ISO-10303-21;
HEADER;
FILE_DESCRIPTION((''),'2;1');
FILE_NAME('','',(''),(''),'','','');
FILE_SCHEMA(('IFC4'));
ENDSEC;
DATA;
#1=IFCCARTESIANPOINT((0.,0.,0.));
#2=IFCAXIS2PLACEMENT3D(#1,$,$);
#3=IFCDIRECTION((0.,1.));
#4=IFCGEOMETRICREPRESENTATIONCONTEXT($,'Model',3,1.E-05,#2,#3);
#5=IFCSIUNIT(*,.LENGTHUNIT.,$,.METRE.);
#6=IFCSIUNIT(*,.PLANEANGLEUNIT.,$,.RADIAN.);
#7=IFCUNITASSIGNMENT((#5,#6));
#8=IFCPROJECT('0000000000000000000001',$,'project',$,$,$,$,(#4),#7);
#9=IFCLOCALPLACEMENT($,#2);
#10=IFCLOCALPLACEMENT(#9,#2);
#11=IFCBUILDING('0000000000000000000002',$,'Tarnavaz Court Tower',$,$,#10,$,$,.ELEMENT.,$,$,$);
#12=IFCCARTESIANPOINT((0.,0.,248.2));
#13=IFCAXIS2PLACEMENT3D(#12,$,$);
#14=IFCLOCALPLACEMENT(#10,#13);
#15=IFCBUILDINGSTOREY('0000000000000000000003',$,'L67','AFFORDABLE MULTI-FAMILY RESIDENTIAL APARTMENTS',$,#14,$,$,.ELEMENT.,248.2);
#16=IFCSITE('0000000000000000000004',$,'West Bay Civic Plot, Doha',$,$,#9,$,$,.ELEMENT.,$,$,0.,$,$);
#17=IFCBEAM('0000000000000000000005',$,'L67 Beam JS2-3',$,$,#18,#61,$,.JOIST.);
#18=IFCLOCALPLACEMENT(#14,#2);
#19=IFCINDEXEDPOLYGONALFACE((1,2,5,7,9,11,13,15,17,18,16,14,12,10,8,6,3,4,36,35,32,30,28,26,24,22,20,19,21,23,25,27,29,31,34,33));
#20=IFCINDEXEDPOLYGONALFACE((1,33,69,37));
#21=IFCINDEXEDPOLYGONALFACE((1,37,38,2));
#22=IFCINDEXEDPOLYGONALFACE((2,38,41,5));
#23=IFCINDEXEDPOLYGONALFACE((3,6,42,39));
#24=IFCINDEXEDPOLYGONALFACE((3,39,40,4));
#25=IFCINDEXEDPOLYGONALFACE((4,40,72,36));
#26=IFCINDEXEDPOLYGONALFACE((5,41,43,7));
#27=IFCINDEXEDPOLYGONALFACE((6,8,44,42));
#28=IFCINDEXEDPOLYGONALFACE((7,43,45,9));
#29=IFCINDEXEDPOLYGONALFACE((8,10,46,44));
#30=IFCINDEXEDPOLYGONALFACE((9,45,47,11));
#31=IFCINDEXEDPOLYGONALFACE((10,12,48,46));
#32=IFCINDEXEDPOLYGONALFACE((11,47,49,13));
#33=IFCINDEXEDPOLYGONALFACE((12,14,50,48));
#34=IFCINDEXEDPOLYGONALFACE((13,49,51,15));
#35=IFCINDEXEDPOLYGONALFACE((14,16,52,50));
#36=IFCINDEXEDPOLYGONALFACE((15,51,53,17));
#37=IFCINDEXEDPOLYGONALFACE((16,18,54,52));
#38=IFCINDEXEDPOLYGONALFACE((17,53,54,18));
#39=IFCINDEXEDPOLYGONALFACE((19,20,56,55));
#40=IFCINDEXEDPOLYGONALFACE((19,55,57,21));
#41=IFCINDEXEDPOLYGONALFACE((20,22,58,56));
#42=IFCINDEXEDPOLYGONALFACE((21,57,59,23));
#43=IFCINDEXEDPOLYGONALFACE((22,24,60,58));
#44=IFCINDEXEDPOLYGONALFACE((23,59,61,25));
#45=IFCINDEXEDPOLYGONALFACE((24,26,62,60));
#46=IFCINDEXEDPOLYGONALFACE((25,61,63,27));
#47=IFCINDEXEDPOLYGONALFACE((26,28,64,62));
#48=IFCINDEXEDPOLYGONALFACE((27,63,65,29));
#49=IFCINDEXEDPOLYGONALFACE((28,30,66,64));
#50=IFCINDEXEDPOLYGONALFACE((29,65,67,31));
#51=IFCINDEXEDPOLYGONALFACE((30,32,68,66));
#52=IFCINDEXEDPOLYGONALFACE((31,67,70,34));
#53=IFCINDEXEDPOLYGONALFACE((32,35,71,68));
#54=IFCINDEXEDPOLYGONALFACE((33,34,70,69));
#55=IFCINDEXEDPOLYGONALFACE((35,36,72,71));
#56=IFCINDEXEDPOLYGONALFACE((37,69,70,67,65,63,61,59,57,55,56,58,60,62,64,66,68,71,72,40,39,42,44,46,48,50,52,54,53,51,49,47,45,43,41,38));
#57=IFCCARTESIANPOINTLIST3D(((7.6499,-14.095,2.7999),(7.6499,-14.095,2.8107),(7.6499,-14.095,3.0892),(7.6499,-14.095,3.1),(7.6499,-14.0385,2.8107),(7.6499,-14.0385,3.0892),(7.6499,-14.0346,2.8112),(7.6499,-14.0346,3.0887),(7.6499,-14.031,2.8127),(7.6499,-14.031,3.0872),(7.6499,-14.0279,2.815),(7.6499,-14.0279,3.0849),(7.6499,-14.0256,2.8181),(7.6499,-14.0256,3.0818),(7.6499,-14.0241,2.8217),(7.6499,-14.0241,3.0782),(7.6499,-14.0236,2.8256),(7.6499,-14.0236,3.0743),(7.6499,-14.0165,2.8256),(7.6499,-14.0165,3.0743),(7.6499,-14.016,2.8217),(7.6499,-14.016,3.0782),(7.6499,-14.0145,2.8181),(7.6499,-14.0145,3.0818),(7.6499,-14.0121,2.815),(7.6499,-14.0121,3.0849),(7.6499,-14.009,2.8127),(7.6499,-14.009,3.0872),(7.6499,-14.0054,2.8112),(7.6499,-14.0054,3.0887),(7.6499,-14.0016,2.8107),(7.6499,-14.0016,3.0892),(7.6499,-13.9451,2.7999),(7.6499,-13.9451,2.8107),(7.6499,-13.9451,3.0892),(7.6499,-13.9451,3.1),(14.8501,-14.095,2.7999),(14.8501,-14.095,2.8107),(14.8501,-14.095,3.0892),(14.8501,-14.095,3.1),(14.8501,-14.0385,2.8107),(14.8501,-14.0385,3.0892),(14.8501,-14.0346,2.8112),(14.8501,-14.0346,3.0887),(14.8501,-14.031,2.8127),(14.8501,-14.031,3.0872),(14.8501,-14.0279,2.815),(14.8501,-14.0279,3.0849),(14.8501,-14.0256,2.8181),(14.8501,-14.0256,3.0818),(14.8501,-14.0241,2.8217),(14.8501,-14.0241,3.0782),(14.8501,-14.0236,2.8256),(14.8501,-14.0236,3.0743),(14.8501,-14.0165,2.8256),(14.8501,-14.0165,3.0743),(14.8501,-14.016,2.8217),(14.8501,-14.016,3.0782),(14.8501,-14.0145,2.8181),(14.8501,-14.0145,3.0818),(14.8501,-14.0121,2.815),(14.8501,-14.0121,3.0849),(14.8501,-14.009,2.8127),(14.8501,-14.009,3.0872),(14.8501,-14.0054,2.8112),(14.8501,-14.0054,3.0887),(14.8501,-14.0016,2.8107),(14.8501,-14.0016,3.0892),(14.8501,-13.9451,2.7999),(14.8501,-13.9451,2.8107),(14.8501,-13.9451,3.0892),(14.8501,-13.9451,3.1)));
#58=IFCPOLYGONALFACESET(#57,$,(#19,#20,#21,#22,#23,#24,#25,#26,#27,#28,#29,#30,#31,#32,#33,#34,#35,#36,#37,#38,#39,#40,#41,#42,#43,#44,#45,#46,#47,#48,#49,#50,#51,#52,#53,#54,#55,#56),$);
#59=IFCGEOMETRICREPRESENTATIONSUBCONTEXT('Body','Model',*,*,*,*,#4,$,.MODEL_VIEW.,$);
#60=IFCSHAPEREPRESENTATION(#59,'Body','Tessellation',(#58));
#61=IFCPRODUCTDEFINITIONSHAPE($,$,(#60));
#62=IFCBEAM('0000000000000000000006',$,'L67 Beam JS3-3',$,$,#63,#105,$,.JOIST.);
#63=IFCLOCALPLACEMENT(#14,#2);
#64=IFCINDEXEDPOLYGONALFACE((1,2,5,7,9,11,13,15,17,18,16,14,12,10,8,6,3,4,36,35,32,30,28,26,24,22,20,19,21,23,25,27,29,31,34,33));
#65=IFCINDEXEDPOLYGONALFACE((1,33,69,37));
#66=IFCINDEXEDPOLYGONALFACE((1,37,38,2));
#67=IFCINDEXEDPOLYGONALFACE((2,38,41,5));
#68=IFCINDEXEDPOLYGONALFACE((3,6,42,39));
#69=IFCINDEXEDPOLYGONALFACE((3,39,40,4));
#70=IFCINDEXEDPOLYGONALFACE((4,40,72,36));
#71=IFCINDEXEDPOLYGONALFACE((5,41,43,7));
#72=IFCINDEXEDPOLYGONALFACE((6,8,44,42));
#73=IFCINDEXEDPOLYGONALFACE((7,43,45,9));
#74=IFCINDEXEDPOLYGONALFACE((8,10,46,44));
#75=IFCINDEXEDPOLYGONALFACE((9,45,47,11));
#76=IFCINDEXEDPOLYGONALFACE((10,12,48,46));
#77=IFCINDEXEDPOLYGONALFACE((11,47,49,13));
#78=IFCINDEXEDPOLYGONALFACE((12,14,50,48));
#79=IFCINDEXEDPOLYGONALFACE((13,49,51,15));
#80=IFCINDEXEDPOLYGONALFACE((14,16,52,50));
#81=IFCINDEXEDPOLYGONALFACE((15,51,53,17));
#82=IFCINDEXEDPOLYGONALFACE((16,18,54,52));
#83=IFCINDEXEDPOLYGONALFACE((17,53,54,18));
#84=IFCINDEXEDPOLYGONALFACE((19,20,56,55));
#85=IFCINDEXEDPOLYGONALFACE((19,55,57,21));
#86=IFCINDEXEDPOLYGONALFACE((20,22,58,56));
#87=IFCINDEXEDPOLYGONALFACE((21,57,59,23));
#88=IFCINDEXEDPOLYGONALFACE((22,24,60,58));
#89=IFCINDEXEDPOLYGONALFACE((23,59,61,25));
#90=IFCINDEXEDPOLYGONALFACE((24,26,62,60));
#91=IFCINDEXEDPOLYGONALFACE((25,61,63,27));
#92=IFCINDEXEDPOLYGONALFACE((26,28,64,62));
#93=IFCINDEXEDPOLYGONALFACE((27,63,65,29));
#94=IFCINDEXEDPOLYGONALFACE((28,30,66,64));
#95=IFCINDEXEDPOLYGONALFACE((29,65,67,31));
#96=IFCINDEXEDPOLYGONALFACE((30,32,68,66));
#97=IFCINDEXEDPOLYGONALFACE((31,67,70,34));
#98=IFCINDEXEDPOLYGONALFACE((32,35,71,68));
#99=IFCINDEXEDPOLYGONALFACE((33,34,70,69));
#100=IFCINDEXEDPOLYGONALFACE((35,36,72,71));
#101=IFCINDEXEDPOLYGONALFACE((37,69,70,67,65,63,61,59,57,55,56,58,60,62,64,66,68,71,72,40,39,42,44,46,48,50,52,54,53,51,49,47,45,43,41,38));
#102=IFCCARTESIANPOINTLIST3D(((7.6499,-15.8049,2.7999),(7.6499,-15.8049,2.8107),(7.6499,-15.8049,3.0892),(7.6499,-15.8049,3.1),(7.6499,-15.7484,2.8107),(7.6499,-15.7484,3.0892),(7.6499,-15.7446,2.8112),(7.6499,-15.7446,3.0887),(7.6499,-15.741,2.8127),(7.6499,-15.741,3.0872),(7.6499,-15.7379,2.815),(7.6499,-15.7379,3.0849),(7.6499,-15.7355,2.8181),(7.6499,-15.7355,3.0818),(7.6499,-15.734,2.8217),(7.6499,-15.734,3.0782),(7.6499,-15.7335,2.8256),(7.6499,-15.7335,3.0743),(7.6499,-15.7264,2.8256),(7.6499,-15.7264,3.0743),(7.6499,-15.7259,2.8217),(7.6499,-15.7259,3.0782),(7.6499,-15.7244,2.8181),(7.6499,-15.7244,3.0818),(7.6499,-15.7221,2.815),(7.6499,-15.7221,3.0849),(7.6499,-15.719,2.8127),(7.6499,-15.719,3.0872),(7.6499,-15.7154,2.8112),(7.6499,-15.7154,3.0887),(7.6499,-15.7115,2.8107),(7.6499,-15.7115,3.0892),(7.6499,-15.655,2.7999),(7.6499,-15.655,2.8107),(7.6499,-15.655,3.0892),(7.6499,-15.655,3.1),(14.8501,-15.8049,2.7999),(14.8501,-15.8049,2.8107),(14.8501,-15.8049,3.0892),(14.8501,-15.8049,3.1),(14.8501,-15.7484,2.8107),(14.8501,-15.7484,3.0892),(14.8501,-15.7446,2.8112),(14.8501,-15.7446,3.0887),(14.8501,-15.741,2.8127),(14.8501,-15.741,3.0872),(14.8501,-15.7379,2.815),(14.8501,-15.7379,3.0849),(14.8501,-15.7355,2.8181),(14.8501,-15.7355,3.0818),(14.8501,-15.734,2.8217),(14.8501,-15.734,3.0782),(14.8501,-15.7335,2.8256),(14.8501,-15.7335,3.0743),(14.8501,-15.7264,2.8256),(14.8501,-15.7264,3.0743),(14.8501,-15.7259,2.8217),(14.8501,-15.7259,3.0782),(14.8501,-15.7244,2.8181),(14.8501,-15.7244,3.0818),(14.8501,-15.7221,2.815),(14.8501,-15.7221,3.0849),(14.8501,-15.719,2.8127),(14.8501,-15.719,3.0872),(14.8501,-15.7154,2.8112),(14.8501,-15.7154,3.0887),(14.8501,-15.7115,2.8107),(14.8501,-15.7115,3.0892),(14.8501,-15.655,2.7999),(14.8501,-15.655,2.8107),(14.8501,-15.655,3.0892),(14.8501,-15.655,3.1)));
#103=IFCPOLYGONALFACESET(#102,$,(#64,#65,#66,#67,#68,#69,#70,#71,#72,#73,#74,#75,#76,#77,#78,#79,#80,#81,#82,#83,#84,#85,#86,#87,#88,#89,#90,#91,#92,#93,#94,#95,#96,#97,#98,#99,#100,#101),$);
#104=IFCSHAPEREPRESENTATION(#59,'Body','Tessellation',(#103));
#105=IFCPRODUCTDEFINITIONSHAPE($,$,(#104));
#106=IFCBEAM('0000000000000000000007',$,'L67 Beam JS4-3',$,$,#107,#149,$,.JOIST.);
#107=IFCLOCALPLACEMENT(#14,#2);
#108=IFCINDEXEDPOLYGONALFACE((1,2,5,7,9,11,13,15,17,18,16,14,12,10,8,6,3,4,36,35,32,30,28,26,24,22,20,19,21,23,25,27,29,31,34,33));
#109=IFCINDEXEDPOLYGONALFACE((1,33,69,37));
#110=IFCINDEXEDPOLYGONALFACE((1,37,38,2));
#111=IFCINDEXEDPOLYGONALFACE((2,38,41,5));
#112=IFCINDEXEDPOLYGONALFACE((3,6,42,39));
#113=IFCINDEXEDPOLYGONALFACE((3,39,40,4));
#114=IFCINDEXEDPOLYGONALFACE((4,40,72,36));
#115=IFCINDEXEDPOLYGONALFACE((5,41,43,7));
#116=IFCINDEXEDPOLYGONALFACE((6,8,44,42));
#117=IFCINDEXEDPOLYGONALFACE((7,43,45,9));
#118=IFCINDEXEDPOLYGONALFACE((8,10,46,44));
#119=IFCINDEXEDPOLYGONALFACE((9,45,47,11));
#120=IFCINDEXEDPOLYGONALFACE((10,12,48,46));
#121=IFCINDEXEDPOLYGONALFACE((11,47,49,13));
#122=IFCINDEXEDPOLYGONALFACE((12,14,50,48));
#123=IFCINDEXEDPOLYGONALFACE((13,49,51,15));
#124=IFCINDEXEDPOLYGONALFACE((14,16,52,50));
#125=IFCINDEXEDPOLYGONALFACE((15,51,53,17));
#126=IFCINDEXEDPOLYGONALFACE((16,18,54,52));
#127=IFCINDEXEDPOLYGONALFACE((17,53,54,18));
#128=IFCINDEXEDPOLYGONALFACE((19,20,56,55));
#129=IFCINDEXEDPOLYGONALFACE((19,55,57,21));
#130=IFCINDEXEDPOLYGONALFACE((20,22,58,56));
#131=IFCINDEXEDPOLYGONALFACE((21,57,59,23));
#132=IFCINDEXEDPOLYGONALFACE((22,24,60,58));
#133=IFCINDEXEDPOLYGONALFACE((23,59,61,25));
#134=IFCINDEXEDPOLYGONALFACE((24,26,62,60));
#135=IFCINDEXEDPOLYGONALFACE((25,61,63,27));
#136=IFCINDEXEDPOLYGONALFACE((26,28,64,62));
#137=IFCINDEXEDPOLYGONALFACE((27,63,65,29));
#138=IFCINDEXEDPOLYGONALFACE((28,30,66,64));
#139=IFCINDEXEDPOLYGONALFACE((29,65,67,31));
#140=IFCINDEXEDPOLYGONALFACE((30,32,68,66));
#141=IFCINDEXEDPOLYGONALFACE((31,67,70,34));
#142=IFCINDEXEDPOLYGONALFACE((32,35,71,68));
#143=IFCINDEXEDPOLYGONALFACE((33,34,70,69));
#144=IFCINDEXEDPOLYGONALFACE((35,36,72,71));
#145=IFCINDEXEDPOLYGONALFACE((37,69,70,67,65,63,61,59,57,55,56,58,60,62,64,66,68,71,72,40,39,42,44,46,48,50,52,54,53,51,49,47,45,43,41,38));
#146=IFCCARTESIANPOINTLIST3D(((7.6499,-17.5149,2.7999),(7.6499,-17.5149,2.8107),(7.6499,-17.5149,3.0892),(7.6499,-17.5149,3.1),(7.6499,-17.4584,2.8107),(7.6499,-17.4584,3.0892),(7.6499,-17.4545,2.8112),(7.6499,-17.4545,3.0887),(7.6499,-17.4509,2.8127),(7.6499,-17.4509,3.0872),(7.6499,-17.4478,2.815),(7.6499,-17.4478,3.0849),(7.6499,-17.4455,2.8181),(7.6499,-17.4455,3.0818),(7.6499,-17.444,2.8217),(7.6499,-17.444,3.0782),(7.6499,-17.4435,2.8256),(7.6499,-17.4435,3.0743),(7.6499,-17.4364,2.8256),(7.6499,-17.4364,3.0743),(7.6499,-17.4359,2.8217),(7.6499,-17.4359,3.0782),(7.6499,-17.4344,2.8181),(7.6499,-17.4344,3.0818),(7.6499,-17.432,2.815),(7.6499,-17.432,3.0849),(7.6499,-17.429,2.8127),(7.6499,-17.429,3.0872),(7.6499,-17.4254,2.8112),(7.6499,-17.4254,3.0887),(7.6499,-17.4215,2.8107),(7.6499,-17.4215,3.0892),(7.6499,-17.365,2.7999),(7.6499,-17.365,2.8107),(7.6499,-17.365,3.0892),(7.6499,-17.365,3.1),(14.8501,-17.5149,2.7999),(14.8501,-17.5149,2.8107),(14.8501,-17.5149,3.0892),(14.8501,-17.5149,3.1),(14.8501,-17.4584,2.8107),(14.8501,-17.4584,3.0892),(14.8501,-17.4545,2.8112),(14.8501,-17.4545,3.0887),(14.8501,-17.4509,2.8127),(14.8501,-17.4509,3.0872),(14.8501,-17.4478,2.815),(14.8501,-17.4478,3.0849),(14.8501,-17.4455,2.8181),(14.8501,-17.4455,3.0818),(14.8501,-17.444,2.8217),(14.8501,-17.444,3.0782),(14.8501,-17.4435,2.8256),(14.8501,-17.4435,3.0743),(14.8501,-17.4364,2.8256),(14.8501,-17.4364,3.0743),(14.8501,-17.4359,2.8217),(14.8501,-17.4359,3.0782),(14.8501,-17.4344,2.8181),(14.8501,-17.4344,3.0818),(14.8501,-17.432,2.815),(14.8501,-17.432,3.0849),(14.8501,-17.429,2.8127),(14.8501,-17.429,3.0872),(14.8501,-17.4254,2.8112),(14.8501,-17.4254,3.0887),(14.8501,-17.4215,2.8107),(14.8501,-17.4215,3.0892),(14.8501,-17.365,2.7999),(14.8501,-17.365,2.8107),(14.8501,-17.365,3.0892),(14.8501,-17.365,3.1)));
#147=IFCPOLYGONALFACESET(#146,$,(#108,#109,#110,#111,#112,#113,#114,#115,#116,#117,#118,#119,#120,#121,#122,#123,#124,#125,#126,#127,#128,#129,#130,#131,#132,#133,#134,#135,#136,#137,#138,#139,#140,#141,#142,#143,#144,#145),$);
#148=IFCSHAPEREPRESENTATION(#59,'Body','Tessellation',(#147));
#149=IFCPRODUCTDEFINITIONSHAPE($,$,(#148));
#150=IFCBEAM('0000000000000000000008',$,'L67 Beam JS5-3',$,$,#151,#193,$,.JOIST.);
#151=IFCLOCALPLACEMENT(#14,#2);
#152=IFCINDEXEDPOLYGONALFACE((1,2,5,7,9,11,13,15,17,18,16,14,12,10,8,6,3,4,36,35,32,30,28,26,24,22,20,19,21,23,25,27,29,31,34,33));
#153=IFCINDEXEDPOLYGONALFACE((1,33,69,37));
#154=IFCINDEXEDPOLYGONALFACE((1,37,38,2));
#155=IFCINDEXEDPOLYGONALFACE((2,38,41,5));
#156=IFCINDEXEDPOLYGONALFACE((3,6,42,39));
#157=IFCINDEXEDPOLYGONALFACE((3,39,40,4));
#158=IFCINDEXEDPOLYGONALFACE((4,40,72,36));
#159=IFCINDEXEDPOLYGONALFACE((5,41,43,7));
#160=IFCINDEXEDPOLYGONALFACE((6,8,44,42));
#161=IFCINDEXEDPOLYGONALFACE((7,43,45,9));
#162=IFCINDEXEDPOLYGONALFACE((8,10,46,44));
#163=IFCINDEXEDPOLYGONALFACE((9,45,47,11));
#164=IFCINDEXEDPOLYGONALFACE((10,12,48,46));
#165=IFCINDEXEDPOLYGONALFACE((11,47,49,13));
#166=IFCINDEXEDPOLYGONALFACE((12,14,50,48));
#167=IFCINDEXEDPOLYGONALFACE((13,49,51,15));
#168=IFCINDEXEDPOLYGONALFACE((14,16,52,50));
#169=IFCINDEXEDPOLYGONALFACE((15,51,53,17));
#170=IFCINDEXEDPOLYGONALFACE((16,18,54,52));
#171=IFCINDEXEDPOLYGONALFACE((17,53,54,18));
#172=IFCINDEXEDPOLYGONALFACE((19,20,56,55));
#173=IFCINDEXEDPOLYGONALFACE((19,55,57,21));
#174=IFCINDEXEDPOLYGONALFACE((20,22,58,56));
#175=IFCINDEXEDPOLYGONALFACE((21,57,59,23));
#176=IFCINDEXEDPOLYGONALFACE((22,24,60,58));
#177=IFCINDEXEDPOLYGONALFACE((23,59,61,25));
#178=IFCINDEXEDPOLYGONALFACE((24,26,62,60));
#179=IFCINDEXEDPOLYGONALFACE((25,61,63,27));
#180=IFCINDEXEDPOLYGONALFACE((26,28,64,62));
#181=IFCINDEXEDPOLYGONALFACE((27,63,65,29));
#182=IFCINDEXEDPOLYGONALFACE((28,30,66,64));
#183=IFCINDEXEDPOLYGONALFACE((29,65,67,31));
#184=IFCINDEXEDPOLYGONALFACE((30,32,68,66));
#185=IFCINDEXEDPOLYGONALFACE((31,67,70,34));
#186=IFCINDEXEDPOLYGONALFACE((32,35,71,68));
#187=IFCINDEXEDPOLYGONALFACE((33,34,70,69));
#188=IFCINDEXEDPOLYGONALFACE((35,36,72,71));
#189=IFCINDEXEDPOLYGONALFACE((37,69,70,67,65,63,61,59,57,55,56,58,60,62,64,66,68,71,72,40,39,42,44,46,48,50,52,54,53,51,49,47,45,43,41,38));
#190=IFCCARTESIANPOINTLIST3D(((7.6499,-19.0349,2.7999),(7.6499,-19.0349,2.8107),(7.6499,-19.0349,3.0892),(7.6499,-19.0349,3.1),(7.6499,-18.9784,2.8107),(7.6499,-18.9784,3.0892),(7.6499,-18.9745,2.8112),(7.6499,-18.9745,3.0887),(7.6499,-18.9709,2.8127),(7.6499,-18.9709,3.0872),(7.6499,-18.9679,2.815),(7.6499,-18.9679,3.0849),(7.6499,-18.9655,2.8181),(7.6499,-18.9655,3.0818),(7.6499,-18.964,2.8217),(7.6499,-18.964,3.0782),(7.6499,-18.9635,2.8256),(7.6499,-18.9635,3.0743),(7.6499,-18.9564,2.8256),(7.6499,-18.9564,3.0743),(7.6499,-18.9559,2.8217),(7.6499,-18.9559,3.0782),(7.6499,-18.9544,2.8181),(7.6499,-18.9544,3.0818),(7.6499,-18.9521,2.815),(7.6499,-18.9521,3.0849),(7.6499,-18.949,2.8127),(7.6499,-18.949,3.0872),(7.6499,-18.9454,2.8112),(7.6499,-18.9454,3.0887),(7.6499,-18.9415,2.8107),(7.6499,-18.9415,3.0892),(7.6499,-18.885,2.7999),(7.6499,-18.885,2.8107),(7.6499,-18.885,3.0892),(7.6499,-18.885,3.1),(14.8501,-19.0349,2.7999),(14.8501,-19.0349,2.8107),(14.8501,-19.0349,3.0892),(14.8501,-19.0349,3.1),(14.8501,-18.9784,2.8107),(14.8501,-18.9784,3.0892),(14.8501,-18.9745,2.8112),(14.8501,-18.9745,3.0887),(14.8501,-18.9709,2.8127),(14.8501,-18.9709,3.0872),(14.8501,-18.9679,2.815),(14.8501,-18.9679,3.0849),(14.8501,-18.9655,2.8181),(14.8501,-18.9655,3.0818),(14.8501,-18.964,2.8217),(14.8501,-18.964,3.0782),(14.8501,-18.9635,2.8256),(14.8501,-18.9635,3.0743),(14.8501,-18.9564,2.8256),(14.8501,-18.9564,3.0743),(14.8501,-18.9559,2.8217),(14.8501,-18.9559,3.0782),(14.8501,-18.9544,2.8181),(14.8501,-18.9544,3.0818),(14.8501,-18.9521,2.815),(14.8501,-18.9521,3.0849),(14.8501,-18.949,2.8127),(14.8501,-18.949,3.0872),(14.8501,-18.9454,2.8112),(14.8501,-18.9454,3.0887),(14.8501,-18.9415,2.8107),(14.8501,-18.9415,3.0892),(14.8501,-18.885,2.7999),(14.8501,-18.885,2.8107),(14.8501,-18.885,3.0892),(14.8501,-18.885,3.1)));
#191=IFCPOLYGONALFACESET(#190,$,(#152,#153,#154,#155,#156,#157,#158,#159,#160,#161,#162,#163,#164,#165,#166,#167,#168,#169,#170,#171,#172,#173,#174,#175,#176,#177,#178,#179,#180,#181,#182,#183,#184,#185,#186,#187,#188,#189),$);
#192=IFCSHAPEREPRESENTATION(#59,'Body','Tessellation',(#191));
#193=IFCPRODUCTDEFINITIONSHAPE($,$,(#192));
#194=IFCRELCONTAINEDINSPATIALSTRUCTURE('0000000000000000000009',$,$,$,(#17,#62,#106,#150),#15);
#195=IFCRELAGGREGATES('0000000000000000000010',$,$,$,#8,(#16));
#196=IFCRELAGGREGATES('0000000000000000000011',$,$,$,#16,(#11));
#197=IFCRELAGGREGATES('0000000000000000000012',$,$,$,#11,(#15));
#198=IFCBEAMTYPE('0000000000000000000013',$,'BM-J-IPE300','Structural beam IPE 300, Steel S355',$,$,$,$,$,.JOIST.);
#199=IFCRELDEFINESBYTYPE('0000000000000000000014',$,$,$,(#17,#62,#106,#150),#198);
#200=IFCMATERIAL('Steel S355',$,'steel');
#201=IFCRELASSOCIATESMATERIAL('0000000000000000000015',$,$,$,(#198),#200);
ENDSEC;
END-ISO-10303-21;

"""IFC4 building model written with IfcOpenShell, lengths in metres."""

from ifc_helpers import new_model, si_unit, direction, frame, origin, origin_2d, place, context, subcontext, project, spatial, i_section, extrude, material, material_profile, profile_set, type_object, element, save


model = new_model("IFC4")

# Units and contexts
model_context = context("Model", 3, precision=1e-05, world=origin(), true_north=direction((0.0, 1.0)))
body_context = subcontext(model_context, "Body", "Model", "MODEL_VIEW")
ifc_project = project(units=[si_unit("LENGTHUNIT", "METRE"), si_unit("PLANEANGLEUNIT", "RADIAN")], contexts=[model_context])

# Site, building, storey
site_placement = place(None, origin())
site = spatial("IfcSite", under=ifc_project, at=site_placement, Name="West Bay Civic Plot, Doha", CompositionType="ELEMENT", RefElevation=0.0)
building_placement = place(site_placement, origin())
building = spatial("IfcBuilding", under=site, at=building_placement, Name="Tarnavaz Court Tower", CompositionType="ELEMENT")
storey_placement = place(building_placement, frame((0.0, 0.0, 248.2)))
storey = spatial("IfcBuildingStorey", under=building, at=storey_placement, Name="L67", Description="AFFORDABLE MULTI-FAMILY RESIDENTIAL APARTMENTS", CompositionType="ELEMENT", Elevation=248.2)

# Beams
ifc_material_1 = material(Name="Steel S355", Category="steel")
ifc_material_profile_1 = material_profile(ifc_material_1, i_section(OverallWidth=0.1499, OverallDepth=0.3, WebThickness=0.0071, FlangeThickness=0.0107, FilletRadius=0.0149, at=origin_2d()), Name="IPE 300")
ifc_profile_set_1 = profile_set([ifc_material_profile_1], Name="Steel S355")
beam_type_1 = type_object("IfcBeamType", Name="BM-J-IPE300", Description="Structural beam IPE 300, Steel S355", PredefinedType="JOIST", material=ifc_profile_set_1)
for number, where, z_axis, x_axis, name in (
    (1, (7.6499, -14.02, 2.95), (1.0, 0.0, 0.0), (0.0, 1.0, 0.0), "L67 Beam JS2-3"),
    (2, (7.6499, -15.73, 2.95), (1.0, 0.0, 0.0), (0.0, 1.0, 0.0), "L67 Beam JS3-3"),
    (3, (7.6499, -17.4399, 2.95), (1.0, 0.0, 0.0), (0.0, 1.0, 0.0), "L67 Beam JS4-3"),
    (4, (7.6499, -18.96, 2.95), (1.0, 0.0, 0.0), (0.0, 1.0, 0.0), "L67 Beam JS5-3"),
):
    element("IfcBeam", number, at=place(storey_placement, frame(where, z_axis=z_axis, x_axis=x_axis)), inside=storey, type_object=beam_type_1, Name=name, PredefinedType="JOIST", context=body_context, shape_type="SweptSolid", body=[
        extrude(i_section(OverallWidth=0.1499, OverallDepth=0.3, WebThickness=0.0071, FlangeThickness=0.0107, FilletRadius=0.0149, at=origin_2d()), origin(), (0.0, 0.0, 1.0), 7.2002),
    ])

save(model, "model.ifc")
